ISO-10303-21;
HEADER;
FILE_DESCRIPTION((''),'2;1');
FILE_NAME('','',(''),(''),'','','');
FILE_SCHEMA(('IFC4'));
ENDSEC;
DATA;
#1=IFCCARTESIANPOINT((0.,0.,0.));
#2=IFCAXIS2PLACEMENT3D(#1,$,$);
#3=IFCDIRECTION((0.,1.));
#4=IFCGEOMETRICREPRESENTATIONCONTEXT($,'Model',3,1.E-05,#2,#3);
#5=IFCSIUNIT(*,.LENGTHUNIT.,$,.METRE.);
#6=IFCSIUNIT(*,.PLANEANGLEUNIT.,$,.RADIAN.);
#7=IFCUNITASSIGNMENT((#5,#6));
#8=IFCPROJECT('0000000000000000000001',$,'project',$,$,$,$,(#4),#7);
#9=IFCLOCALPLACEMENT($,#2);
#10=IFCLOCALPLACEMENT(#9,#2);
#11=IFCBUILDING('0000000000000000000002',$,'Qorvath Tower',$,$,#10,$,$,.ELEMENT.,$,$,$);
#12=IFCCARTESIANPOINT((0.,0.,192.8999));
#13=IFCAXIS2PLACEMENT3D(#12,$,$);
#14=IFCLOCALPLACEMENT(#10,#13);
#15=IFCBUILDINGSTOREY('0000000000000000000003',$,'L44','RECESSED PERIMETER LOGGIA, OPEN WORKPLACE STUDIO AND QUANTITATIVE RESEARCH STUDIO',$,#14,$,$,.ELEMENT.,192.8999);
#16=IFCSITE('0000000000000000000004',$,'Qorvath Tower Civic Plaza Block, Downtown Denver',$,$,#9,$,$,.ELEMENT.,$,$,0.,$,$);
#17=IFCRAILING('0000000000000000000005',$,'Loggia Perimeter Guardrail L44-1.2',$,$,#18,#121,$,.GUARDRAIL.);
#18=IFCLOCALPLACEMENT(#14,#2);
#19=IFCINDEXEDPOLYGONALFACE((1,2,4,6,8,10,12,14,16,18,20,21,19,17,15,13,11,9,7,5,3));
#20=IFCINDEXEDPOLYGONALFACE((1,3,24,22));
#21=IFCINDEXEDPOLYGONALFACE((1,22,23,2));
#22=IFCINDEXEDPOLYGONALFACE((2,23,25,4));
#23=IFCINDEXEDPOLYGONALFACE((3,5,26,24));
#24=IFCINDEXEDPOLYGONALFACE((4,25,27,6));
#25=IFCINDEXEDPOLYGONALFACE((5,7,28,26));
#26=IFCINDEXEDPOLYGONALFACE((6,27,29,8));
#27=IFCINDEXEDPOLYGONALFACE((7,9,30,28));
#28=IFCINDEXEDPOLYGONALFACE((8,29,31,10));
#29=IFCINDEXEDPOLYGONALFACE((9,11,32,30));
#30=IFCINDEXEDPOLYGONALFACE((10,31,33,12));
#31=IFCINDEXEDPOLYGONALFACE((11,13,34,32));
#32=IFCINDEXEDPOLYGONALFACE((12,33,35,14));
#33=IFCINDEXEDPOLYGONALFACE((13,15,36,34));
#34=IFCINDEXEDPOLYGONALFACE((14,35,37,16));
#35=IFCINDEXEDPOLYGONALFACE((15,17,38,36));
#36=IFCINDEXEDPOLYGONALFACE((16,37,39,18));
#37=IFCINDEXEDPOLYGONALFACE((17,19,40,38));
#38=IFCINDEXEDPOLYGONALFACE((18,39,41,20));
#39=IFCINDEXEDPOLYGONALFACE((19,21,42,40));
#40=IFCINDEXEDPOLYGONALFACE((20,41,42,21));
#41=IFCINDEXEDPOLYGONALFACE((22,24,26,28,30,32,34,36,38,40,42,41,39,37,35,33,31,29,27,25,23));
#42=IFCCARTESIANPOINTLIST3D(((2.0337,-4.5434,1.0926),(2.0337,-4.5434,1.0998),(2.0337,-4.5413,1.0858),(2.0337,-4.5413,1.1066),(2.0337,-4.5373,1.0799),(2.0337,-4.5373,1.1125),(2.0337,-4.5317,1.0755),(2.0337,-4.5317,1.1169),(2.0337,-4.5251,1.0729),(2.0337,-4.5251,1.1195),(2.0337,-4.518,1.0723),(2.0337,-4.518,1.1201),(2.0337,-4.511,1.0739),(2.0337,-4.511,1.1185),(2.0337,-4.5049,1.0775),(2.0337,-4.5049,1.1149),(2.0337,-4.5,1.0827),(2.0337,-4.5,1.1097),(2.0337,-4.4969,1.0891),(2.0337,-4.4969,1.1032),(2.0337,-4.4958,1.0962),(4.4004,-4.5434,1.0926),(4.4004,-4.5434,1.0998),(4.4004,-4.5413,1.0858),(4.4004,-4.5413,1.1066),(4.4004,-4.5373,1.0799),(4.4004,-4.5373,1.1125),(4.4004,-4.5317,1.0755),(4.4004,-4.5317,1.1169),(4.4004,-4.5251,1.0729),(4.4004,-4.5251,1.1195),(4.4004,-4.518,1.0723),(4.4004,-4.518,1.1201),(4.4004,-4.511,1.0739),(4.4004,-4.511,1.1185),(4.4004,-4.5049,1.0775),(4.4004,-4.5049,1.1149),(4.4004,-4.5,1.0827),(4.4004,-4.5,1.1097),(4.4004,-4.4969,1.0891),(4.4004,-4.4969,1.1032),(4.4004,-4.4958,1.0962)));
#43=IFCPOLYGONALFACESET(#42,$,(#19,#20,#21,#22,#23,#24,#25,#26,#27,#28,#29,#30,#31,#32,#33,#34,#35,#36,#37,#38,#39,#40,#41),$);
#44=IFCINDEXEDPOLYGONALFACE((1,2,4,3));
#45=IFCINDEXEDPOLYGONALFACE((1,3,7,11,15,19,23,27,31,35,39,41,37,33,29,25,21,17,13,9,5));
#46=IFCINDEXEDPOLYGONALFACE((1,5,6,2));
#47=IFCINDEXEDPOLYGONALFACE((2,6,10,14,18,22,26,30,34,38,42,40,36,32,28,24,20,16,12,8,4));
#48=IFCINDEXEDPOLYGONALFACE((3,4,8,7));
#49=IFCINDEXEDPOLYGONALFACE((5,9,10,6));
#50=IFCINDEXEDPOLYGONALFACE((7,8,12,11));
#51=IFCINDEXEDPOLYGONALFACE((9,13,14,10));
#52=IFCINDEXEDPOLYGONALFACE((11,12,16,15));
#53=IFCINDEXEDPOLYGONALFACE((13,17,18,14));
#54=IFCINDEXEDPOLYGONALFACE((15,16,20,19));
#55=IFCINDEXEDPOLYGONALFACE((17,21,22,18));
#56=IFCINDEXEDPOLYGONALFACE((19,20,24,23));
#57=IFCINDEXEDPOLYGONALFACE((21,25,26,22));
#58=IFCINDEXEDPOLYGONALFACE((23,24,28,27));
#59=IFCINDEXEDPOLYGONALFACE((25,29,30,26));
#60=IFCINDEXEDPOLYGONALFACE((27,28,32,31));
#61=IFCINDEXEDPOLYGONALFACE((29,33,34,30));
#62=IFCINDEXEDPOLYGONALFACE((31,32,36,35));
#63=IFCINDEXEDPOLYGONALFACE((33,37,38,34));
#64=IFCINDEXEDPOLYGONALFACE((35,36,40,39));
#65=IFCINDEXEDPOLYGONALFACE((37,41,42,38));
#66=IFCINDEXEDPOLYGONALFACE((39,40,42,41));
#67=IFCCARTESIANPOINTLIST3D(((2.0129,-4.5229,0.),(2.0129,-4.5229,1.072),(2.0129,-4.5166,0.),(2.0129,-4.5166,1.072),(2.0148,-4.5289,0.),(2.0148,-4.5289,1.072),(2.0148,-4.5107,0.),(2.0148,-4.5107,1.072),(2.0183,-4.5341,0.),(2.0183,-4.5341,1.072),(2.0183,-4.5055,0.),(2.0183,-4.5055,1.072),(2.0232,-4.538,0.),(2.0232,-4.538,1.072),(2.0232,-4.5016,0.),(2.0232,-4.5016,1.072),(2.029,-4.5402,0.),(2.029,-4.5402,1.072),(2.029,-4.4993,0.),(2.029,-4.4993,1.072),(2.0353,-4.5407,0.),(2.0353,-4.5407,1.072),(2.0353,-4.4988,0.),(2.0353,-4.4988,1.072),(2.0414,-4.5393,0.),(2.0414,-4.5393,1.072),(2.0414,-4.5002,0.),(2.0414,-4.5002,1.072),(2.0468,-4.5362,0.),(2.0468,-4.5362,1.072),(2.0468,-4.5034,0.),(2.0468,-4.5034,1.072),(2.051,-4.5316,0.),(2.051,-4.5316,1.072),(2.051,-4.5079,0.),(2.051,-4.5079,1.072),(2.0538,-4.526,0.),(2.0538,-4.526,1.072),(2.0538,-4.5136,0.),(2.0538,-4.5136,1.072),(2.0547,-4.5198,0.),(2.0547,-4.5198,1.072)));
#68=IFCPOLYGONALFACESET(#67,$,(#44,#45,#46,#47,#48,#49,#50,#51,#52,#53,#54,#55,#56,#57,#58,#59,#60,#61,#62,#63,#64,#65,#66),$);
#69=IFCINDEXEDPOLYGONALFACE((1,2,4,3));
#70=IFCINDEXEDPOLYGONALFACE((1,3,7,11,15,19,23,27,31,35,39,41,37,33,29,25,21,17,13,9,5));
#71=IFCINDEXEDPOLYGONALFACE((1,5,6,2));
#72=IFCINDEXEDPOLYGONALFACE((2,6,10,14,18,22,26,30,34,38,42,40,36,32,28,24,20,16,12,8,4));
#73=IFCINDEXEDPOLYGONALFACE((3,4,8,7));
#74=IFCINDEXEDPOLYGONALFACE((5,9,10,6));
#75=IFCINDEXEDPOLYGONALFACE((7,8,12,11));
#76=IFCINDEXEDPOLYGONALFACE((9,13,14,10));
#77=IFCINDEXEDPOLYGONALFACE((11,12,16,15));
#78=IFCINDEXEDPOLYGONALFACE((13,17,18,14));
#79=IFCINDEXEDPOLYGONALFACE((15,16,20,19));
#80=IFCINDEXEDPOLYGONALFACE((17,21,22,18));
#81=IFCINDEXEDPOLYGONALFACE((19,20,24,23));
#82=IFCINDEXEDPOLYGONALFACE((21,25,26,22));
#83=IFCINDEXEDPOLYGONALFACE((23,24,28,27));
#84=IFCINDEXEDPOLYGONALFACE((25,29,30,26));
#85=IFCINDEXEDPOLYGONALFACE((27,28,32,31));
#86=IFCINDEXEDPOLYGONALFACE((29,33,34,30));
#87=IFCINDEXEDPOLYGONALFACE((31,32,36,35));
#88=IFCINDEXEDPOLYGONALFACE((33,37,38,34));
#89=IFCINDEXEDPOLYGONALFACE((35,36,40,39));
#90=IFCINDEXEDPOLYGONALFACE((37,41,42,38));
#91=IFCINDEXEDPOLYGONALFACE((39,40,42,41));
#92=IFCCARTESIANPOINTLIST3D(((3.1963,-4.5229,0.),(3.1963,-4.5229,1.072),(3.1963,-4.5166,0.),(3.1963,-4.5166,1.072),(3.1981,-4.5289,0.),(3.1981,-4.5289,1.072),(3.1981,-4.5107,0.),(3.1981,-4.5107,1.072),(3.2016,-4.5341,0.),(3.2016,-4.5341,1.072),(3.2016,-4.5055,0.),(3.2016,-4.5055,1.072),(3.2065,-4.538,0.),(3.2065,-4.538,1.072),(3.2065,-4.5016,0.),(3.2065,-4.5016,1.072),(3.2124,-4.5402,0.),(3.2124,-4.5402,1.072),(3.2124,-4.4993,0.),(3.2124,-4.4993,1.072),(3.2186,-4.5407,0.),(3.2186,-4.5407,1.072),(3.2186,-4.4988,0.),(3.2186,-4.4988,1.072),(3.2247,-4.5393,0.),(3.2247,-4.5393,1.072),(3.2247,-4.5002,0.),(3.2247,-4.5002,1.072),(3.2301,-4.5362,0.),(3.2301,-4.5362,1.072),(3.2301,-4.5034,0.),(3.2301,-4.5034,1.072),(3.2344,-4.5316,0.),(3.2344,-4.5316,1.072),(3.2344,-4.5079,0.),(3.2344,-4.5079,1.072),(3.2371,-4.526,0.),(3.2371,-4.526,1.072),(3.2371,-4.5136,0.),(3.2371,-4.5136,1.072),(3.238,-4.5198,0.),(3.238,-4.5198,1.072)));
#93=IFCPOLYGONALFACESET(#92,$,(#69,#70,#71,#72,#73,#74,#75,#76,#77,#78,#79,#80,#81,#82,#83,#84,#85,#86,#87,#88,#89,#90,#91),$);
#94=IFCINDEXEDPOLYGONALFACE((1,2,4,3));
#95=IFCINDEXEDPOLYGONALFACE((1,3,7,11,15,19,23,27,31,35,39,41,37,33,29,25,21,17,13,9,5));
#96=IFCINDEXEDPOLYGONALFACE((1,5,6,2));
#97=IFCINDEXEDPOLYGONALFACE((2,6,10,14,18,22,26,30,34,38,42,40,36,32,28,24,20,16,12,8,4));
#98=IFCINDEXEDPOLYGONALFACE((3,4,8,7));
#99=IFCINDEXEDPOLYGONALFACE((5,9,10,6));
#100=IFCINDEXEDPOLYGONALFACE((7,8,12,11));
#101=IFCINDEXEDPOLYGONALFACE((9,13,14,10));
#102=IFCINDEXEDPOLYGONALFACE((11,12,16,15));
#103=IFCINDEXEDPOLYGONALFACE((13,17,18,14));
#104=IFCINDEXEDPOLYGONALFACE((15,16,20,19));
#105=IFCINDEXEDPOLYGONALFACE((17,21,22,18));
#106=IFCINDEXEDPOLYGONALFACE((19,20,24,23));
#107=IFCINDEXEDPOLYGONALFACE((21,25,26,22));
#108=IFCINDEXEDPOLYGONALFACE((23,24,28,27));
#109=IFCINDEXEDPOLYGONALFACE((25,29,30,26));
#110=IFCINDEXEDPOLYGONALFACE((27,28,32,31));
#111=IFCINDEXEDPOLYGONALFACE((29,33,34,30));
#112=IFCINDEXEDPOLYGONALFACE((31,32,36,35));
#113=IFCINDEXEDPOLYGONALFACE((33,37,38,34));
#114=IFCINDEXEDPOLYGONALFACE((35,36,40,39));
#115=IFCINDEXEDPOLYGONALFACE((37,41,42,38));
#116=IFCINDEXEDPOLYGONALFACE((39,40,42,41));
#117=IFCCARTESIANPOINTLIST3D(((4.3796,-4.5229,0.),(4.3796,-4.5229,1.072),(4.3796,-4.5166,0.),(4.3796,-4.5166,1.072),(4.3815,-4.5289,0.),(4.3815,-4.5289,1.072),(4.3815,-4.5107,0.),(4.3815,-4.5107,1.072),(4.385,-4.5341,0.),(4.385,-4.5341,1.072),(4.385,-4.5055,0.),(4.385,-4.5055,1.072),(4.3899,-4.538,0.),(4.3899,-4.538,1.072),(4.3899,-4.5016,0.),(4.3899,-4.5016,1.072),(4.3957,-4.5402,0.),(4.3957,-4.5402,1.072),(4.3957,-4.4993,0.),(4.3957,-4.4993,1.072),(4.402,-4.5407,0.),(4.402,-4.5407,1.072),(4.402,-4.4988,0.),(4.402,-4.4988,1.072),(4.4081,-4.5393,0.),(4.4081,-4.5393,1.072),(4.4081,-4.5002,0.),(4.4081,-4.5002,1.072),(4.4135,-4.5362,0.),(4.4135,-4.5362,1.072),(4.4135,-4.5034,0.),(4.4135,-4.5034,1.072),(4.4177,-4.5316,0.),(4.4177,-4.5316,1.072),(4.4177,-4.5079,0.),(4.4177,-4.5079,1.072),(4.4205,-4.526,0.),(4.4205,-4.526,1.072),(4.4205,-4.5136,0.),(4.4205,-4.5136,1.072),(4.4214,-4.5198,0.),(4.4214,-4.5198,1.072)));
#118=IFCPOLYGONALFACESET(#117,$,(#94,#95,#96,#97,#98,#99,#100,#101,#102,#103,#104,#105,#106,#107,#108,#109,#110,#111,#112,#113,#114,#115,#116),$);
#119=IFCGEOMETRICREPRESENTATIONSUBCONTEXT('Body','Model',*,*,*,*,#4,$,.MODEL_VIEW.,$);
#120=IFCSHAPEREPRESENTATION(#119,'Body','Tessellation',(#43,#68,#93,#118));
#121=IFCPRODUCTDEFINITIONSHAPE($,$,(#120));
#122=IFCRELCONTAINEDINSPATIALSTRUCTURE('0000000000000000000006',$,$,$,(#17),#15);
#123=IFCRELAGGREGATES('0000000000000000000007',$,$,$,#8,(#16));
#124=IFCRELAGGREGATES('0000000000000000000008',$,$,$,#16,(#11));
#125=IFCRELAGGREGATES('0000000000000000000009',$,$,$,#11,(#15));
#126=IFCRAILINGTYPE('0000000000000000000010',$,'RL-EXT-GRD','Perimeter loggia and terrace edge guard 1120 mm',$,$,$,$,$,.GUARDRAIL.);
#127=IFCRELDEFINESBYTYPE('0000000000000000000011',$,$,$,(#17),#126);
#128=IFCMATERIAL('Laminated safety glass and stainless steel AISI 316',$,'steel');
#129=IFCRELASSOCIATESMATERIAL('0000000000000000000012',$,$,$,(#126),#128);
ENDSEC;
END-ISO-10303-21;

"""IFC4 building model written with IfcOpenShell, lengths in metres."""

from ifc_helpers import new_model, si_unit, direction, frame, origin, origin_2d, place, context, subcontext, project, spatial, circle, extrude, material, type_object, element, save


model = new_model("IFC4")

# Units and contexts
model_context = context("Model", 3, precision=1e-05, world=origin(), true_north=direction((0.0, 1.0)))
body_context = subcontext(model_context, "Body", "Model", "MODEL_VIEW")
ifc_project = project(units=[si_unit("LENGTHUNIT", "METRE"), si_unit("PLANEANGLEUNIT", "RADIAN")], contexts=[model_context])

# Site, building, storey
site_placement = place(None, origin())
site = spatial("IfcSite", under=ifc_project, at=site_placement, Name="Qorvath Tower Civic Plaza Block, Downtown Denver", CompositionType="ELEMENT", RefElevation=0.0)
building_placement = place(site_placement, origin())
building = spatial("IfcBuilding", under=site, at=building_placement, Name="Qorvath Tower", CompositionType="ELEMENT")
storey_placement = place(building_placement, frame((0.0, 0.0, 192.8999)))
storey = spatial("IfcBuildingStorey", under=building, at=storey_placement, Name="L44", Description="RECESSED PERIMETER LOGGIA, OPEN WORKPLACE STUDIO AND QUANTITATIVE RESEARCH STUDIO", CompositionType="ELEMENT", Elevation=192.8999)

# Railing
ifc_material_1 = material(Name="Laminated safety glass and stainless steel AISI 316", Category="steel")
railing_type = type_object("IfcRailingType", Name="RL-EXT-GRD", Description="Perimeter loggia and terrace edge guard 1120 mm", PredefinedType="GUARDRAIL", material=ifc_material_1)
railing_1_placement = place(storey_placement, frame((2.0337, -4.5198, 0.0)))
element("IfcRailing", 1, at=railing_1_placement, inside=storey, type_object=railing_type, Name="Loggia Perimeter Guardrail L44-1.2", PredefinedType="GUARDRAIL", context=body_context, shape_type="SweptSolid", body=[
    extrude(circle(Radius=0.0239, at=origin_2d()), frame((0.0, 0.0, 1.0962), z_axis=(1.0, 0.0, 0.0), x_axis=(0.0, 1.0, 0.0)), (0.0, 0.0, 1.0), 2.3667),
    extrude(circle(Radius=0.021, at=origin_2d()), origin(), (0.0, 0.0, 1.0), 1.072),
    extrude(circle(Radius=0.021, at=origin_2d()), frame((1.1833, 0.0, 0.0)), (0.0, 0.0, 1.0), 1.072),
    extrude(circle(Radius=0.021, at=origin_2d()), frame((2.3667, 0.0, 0.0)), (0.0, 0.0, 1.0), 1.072),
])

save(model, "model.ifc")
